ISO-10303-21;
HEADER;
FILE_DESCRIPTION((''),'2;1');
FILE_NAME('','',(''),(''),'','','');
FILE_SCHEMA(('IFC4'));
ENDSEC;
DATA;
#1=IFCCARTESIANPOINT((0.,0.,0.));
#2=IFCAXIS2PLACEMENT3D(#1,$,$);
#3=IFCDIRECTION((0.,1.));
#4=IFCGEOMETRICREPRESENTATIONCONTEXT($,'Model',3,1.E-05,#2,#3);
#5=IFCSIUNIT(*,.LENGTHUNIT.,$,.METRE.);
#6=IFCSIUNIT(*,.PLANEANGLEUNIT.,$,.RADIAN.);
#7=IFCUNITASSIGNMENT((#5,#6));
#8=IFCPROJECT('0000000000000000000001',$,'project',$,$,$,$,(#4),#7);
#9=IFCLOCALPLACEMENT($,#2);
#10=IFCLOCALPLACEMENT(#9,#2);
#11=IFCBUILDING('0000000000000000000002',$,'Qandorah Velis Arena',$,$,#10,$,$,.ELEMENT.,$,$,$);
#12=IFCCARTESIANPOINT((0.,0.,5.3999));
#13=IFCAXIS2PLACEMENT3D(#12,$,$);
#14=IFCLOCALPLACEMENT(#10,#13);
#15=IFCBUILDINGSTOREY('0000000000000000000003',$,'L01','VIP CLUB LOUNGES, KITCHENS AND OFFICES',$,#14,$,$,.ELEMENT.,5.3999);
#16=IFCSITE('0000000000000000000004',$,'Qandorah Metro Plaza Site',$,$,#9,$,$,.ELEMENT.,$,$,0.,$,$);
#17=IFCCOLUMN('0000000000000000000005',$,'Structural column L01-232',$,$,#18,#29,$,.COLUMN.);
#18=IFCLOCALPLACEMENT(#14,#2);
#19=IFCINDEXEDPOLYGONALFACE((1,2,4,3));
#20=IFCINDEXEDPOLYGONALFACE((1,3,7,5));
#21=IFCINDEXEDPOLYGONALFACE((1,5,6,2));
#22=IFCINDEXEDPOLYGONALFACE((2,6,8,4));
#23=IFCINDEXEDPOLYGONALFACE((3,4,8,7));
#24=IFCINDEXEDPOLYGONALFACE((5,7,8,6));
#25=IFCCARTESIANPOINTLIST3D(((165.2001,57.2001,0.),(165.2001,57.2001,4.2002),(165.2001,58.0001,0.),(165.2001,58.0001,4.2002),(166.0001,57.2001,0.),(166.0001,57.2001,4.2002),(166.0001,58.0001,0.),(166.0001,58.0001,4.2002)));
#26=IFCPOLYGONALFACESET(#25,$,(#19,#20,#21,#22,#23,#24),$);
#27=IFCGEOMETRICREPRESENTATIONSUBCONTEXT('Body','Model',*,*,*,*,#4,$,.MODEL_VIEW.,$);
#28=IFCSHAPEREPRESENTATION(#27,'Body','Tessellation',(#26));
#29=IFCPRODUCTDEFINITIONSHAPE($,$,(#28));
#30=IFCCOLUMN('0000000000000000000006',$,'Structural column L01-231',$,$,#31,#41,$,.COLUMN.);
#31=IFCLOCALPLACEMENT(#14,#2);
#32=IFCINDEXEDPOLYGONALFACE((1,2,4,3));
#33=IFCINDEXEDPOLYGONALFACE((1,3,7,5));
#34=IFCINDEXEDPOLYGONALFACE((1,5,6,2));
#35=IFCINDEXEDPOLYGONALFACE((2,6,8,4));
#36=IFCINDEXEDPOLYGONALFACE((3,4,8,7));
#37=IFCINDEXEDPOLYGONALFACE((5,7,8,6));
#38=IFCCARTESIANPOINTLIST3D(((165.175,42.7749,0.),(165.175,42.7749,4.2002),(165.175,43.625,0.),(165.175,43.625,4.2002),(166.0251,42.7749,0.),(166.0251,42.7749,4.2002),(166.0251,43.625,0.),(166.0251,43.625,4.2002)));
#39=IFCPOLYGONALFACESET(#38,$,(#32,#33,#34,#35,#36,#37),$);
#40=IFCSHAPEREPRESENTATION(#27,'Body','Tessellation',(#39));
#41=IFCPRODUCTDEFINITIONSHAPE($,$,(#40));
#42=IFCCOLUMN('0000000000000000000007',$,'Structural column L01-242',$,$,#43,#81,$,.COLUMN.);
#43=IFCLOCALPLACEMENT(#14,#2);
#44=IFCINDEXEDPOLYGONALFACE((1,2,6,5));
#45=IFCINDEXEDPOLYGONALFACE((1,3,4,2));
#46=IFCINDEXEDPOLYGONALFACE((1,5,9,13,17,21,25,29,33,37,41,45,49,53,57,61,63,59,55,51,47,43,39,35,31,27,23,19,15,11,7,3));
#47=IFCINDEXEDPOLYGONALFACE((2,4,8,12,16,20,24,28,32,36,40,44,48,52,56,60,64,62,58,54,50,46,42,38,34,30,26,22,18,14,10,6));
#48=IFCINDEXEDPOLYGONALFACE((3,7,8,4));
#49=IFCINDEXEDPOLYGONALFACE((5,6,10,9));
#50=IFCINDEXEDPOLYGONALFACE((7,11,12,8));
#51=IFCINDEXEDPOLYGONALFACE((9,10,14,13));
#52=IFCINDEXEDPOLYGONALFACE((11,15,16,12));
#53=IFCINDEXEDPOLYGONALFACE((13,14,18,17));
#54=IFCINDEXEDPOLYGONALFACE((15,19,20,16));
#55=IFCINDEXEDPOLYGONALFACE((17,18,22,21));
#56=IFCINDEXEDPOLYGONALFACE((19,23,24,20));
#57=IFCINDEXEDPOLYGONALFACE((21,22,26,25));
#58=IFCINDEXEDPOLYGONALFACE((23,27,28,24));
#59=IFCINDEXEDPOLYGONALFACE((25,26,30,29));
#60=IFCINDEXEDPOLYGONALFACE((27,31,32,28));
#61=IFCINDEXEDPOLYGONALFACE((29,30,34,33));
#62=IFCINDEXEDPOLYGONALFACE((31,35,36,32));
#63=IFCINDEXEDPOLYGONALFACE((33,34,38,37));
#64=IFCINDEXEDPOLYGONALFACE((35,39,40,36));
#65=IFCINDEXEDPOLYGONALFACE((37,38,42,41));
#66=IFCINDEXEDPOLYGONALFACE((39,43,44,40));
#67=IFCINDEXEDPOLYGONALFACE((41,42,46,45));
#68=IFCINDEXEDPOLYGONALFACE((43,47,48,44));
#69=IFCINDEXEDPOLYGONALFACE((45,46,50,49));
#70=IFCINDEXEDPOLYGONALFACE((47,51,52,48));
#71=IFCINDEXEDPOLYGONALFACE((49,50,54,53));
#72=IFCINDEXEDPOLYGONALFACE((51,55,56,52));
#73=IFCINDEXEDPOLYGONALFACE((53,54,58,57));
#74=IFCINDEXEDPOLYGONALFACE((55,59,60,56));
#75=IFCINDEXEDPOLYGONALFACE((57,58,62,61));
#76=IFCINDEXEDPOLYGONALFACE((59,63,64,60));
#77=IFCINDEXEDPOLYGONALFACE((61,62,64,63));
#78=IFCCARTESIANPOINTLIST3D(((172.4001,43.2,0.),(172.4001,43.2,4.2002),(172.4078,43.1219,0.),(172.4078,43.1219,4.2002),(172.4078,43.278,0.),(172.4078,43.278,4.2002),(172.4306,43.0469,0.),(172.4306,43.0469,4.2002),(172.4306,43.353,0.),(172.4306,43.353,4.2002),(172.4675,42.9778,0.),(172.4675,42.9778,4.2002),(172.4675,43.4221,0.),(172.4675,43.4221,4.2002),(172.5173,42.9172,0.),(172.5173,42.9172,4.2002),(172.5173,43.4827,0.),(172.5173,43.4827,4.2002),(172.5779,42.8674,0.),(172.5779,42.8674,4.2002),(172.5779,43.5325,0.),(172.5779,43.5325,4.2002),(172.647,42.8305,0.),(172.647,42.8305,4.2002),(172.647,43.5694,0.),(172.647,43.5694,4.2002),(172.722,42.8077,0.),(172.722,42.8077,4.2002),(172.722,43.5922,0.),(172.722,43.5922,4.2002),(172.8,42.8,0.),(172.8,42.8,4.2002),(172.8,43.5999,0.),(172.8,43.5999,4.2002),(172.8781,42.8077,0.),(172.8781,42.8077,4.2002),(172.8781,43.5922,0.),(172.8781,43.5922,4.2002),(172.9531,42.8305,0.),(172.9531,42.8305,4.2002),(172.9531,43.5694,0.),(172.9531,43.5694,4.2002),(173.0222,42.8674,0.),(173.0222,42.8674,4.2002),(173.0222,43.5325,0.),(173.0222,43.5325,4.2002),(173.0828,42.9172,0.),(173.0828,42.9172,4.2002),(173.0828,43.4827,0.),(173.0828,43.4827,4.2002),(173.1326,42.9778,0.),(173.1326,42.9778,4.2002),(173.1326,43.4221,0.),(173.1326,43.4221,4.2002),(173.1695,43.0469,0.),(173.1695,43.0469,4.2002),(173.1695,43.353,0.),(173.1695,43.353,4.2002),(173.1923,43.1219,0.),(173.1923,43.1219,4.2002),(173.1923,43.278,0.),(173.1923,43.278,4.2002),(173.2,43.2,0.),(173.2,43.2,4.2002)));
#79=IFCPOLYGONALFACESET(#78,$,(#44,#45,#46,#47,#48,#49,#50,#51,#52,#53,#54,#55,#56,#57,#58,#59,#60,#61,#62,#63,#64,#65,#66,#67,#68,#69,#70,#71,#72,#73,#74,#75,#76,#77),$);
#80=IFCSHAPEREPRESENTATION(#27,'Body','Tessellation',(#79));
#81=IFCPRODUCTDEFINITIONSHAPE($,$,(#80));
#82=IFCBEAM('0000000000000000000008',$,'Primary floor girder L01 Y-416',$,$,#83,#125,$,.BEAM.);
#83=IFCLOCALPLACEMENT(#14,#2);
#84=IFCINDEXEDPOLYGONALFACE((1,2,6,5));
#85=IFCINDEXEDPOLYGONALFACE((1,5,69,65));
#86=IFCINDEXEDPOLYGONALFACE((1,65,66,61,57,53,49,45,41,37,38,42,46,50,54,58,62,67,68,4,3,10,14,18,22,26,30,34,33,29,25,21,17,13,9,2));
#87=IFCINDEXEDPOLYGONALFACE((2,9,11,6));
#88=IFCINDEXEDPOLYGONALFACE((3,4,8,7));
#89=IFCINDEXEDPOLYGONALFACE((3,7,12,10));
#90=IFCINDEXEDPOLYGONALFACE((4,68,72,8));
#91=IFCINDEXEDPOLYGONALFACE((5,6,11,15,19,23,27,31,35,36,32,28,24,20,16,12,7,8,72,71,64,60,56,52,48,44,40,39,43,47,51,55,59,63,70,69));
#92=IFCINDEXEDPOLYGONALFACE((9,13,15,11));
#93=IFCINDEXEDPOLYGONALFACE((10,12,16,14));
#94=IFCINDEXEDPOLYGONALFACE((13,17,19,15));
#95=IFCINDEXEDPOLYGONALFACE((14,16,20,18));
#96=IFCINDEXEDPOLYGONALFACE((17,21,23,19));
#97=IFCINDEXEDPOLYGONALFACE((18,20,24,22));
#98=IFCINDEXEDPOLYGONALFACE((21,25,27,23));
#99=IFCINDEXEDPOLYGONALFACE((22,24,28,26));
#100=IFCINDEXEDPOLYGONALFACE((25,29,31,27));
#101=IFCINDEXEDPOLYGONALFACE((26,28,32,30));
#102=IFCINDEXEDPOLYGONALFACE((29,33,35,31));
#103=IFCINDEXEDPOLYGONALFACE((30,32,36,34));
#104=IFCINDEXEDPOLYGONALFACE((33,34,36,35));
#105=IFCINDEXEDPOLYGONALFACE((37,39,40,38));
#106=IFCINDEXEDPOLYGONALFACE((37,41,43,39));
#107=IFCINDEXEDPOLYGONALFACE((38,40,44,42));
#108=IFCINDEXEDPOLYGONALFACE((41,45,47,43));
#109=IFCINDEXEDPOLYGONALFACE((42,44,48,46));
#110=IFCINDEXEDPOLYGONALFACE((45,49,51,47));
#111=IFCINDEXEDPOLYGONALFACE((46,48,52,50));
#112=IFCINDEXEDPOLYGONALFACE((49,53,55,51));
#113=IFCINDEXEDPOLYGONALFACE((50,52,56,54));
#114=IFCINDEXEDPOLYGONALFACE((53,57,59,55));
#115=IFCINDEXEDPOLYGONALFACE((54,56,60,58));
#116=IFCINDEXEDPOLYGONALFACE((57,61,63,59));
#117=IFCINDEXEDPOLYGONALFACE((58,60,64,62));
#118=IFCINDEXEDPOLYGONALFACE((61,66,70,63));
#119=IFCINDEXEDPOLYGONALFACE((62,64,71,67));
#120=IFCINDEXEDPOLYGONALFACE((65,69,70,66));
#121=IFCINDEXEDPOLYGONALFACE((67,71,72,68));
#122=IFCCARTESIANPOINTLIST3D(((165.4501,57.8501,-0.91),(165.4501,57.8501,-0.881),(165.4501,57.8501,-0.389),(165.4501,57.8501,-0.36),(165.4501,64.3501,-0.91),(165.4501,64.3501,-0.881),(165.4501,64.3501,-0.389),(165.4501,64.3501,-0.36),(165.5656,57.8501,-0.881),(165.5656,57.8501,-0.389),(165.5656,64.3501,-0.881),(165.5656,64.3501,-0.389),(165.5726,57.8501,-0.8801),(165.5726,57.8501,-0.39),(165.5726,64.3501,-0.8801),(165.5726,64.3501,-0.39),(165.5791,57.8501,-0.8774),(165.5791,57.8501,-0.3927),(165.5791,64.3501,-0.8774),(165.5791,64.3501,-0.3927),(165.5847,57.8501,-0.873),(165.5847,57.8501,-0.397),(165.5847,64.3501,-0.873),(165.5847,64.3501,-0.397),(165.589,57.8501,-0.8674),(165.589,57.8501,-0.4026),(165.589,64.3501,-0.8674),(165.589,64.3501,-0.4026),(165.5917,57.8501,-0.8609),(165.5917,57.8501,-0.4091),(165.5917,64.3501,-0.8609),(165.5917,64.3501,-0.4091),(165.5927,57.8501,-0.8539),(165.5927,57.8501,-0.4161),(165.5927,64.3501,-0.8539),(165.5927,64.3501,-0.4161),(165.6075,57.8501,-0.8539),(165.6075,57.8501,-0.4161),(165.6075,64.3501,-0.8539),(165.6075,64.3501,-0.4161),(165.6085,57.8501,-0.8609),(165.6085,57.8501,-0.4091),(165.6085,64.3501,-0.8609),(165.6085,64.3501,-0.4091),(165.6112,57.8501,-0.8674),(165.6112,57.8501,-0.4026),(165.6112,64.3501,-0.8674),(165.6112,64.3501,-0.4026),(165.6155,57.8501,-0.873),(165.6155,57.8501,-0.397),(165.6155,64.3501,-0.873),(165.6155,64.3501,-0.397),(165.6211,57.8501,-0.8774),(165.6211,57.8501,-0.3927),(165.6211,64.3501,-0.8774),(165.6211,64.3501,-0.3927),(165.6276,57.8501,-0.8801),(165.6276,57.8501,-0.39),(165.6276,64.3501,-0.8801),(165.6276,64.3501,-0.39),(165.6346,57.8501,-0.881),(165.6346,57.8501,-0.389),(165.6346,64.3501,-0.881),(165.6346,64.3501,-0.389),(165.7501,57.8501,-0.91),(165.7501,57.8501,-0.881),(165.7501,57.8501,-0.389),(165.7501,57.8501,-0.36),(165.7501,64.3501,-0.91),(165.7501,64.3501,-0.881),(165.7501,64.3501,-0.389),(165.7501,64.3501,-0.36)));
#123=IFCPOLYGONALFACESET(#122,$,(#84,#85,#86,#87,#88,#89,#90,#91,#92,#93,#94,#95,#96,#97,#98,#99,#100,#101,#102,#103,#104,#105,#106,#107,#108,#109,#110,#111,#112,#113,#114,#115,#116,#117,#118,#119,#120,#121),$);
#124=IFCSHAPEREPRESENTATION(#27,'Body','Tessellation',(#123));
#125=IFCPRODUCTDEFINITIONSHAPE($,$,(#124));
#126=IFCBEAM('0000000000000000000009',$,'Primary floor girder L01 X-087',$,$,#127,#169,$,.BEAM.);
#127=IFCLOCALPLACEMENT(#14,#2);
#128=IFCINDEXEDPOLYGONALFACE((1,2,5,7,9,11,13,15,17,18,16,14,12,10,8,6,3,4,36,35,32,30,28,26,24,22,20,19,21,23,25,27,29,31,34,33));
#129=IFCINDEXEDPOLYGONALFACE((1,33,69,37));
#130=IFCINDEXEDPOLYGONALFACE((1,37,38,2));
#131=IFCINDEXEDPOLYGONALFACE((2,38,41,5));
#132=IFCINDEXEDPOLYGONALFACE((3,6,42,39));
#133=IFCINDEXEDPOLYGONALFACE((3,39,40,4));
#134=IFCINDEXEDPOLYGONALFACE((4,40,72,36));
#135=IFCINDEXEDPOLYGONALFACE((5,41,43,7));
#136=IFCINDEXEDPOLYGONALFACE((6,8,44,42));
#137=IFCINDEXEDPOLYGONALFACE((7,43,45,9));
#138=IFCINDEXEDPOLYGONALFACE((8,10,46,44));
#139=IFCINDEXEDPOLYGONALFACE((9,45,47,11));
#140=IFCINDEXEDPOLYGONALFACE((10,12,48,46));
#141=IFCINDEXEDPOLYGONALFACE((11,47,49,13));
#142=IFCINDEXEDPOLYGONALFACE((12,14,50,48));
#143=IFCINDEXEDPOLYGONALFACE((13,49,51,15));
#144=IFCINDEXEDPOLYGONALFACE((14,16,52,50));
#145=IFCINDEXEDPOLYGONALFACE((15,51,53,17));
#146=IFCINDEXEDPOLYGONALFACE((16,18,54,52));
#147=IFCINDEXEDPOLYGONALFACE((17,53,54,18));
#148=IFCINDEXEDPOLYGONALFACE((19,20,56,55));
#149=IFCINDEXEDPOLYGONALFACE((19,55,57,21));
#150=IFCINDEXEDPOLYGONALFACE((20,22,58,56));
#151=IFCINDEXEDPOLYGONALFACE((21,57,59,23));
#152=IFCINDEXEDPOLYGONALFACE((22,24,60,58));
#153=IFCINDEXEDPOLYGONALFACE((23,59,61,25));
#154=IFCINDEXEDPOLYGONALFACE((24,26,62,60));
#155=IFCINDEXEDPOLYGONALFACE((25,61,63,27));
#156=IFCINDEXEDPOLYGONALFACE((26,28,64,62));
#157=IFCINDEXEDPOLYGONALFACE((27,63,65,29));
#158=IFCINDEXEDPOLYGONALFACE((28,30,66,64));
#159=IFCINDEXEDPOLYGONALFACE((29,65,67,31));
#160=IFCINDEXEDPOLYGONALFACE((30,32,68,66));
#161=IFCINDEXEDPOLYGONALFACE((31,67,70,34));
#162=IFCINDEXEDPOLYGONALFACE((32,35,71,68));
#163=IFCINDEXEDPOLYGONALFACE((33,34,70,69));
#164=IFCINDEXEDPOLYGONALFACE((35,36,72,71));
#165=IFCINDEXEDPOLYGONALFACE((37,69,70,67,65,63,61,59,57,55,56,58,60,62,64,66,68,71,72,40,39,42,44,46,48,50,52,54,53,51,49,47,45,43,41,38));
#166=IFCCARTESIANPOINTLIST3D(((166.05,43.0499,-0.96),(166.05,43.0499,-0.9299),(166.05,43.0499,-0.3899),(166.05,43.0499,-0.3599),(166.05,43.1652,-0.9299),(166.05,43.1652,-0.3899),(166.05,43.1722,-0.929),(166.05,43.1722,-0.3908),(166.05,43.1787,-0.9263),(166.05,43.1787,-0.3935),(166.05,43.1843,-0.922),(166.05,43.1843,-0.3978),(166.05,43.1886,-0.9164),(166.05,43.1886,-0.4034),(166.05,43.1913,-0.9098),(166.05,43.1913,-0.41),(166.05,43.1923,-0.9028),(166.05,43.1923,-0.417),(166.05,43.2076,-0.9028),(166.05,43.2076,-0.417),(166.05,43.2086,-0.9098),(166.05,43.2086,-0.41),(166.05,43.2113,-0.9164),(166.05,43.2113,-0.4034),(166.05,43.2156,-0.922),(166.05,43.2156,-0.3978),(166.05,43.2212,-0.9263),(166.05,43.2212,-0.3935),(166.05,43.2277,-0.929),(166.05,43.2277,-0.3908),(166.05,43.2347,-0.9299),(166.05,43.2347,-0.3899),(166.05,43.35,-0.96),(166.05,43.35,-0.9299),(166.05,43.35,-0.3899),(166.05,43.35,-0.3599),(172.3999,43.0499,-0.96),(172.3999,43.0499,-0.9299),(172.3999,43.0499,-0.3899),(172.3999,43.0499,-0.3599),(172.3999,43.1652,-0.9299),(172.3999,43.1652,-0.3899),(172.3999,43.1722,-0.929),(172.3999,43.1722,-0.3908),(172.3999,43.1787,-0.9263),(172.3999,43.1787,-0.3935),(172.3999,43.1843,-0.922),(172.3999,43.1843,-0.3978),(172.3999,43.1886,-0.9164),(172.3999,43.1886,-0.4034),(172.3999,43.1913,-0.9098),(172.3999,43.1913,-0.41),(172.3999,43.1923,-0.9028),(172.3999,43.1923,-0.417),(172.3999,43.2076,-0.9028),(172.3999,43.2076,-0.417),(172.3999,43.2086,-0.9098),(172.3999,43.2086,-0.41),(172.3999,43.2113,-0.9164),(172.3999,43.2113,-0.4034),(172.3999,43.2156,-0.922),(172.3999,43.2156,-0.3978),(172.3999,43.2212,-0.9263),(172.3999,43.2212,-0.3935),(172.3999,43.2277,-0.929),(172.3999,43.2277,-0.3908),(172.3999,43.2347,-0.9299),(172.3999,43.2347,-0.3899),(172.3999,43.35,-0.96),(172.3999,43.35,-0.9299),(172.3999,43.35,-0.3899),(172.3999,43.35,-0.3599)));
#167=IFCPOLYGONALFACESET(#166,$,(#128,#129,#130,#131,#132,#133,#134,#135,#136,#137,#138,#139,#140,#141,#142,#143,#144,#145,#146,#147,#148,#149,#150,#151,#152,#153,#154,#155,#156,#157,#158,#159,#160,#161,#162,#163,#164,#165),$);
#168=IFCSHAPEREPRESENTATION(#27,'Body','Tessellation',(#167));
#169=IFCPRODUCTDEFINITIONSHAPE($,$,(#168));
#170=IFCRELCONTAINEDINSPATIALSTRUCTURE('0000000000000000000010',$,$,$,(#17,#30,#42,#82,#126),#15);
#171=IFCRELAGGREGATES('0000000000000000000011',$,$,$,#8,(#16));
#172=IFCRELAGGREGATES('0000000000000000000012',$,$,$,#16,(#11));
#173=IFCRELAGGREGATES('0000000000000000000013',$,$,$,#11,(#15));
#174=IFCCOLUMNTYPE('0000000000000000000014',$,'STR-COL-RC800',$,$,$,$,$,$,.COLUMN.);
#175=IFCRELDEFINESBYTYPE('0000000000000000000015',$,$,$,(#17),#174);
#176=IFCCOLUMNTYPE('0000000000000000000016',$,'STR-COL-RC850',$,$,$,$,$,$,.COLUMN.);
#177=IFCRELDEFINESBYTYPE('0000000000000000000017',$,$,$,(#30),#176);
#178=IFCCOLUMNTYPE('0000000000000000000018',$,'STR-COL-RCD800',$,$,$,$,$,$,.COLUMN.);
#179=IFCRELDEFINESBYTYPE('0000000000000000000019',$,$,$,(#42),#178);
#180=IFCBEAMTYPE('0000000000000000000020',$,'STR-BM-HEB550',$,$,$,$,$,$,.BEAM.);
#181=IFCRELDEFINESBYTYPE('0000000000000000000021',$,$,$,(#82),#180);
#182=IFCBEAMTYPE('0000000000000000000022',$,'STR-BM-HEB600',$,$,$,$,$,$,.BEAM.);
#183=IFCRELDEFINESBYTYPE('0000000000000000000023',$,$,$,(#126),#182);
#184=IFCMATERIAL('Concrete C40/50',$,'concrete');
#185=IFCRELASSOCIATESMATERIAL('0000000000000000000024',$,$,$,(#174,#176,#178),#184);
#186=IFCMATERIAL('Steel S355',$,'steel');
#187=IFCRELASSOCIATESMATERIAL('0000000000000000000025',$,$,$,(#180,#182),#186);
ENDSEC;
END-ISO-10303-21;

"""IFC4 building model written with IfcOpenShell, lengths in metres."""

from ifc_helpers import new_model, si_unit, direction, frame, origin, origin_2d, place, context, subcontext, project, spatial, rectangle, circle, i_section, extrude, material, material_profile, profile_set, type_object, element, save


model = new_model("IFC4")

# Units and contexts
model_context = context("Model", 3, precision=1e-05, world=origin(), true_north=direction((0.0, 1.0)))
body_context = subcontext(model_context, "Body", "Model", "MODEL_VIEW")
ifc_project = project(units=[si_unit("LENGTHUNIT", "METRE"), si_unit("PLANEANGLEUNIT", "RADIAN")], contexts=[model_context])

# Site, building, storey
site_placement = place(None, origin())
site = spatial("IfcSite", under=ifc_project, at=site_placement, Name="Qandorah Metro Plaza Site", CompositionType="ELEMENT", RefElevation=0.0)
building_placement = place(site_placement, origin())
building = spatial("IfcBuilding", under=site, at=building_placement, Name="Qandorah Velis Arena", CompositionType="ELEMENT")
storey_placement = place(building_placement, frame((0.0, 0.0, 5.3999)))
storey = spatial("IfcBuildingStorey", under=building, at=storey_placement, Name="L01", Description="VIP CLUB LOUNGES, KITCHENS AND OFFICES", CompositionType="ELEMENT", Elevation=5.3999)

# Columns
ifc_material_1 = material(Name="Concrete C40/50", Category="concrete")
ifc_material_profile_1 = material_profile(ifc_material_1, rectangle(XDim=0.8, YDim=0.8, at=origin_2d()), Name="RC COL 800x800")
ifc_profile_set_1 = profile_set([ifc_material_profile_1], Name="Concrete C40/50")
column_type_1 = type_object("IfcColumnType", Name="STR-COL-RC800", PredefinedType="COLUMN", material=ifc_profile_set_1)
column_1_placement = place(storey_placement, frame((165.6001, 57.6001, 0.0), z_axis=(0.0, 0.0, 1.0), x_axis=(1.0, 0.0, 0.0)))
element("IfcColumn", 1, at=column_1_placement, inside=storey, type_object=column_type_1, Name="Structural column L01-232", PredefinedType="COLUMN", context=body_context, shape_type="SweptSolid", body=[
    extrude(rectangle(XDim=0.8, YDim=0.8, at=origin_2d()), origin(), (0.0, 0.0, 1.0), 4.2002),
])
ifc_material_profile_2 = material_profile(ifc_material_1, rectangle(XDim=0.8501, YDim=0.8501, at=origin_2d()), Name="RC COL 850x850")
ifc_profile_set_2 = profile_set([ifc_material_profile_2], Name="Concrete C40/50")
column_type_2 = type_object("IfcColumnType", Name="STR-COL-RC850", PredefinedType="COLUMN", material=ifc_profile_set_2)
column_2_placement = place(storey_placement, frame((165.6001, 43.2, 0.0), z_axis=(0.0, 0.0, 1.0), x_axis=(1.0, 0.0, 0.0)))
element("IfcColumn", 2, at=column_2_placement, inside=storey, type_object=column_type_2, Name="Structural column L01-231", PredefinedType="COLUMN", context=body_context, shape_type="SweptSolid", body=[
    extrude(rectangle(XDim=0.8501, YDim=0.8501, at=origin_2d()), origin(), (0.0, 0.0, 1.0), 4.2002),
])
ifc_material_profile_3 = material_profile(ifc_material_1, circle(Radius=0.3999, at=origin_2d()), Name="RC D800")
ifc_profile_set_3 = profile_set([ifc_material_profile_3], Name="Concrete C40/50")
column_type_3 = type_object("IfcColumnType", Name="STR-COL-RCD800", PredefinedType="COLUMN", material=ifc_profile_set_3)
column_3_placement = place(storey_placement, frame((172.8, 43.2, 0.0), z_axis=(0.0, 0.0, 1.0), x_axis=(1.0, 0.0, 0.0)))
element("IfcColumn", 3, at=column_3_placement, inside=storey, type_object=column_type_3, Name="Structural column L01-242", PredefinedType="COLUMN", context=body_context, shape_type="SweptSolid", body=[
    extrude(circle(Radius=0.3999, at=origin_2d()), origin(), (0.0, 0.0, 1.0), 4.2002),
])

# Beams
ifc_material_2 = material(Name="Steel S355", Category="steel")
ifc_material_profile_4 = material_profile(ifc_material_2, i_section(OverallWidth=0.3, OverallDepth=0.55, WebThickness=0.0149, FlangeThickness=0.0291, FilletRadius=0.0271, at=origin_2d()), Name="HEB 550")
ifc_profile_set_4 = profile_set([ifc_material_profile_4], Name="Steel S355")
beam_type_1 = type_object("IfcBeamType", Name="STR-BM-HEB550", PredefinedType="BEAM", material=ifc_profile_set_4)
beam_1_placement = place(storey_placement, frame((165.6001, 57.8501, -0.635), z_axis=(0.0, 1.0, 0.0), x_axis=(-1.0, 0.0, 0.0)))
element("IfcBeam", 4, at=beam_1_placement, inside=storey, type_object=beam_type_1, Name="Primary floor girder L01 Y-416", PredefinedType="BEAM", context=body_context, shape_type="SweptSolid", body=[
    extrude(i_section(OverallWidth=0.3, OverallDepth=0.55, WebThickness=0.0149, FlangeThickness=0.0291, FilletRadius=0.0271, at=origin_2d()), origin(), (0.0, 0.0, 1.0), 6.5),
])
ifc_material_profile_5 = material_profile(ifc_material_2, i_section(OverallWidth=0.3, OverallDepth=0.6001, WebThickness=0.0154, FlangeThickness=0.03, FilletRadius=0.0271, at=origin_2d()), Name="HEB 600")
ifc_profile_set_5 = profile_set([ifc_material_profile_5], Name="Steel S355")
beam_type_2 = type_object("IfcBeamType", Name="STR-BM-HEB600", PredefinedType="BEAM", material=ifc_profile_set_5)
beam_2_placement = place(storey_placement, frame((166.05, 43.2, -0.6599), z_axis=(1.0, 0.0, 0.0), x_axis=(0.0, 1.0, 0.0)))
element("IfcBeam", 5, at=beam_2_placement, inside=storey, type_object=beam_type_2, Name="Primary floor girder L01 X-087", PredefinedType="BEAM", context=body_context, shape_type="SweptSolid", body=[
    extrude(i_section(OverallWidth=0.3, OverallDepth=0.6001, WebThickness=0.0154, FlangeThickness=0.03, FilletRadius=0.0271, at=origin_2d()), origin(), (0.0, 0.0, 1.0), 6.3499),
])

save(model, "model.ifc")
